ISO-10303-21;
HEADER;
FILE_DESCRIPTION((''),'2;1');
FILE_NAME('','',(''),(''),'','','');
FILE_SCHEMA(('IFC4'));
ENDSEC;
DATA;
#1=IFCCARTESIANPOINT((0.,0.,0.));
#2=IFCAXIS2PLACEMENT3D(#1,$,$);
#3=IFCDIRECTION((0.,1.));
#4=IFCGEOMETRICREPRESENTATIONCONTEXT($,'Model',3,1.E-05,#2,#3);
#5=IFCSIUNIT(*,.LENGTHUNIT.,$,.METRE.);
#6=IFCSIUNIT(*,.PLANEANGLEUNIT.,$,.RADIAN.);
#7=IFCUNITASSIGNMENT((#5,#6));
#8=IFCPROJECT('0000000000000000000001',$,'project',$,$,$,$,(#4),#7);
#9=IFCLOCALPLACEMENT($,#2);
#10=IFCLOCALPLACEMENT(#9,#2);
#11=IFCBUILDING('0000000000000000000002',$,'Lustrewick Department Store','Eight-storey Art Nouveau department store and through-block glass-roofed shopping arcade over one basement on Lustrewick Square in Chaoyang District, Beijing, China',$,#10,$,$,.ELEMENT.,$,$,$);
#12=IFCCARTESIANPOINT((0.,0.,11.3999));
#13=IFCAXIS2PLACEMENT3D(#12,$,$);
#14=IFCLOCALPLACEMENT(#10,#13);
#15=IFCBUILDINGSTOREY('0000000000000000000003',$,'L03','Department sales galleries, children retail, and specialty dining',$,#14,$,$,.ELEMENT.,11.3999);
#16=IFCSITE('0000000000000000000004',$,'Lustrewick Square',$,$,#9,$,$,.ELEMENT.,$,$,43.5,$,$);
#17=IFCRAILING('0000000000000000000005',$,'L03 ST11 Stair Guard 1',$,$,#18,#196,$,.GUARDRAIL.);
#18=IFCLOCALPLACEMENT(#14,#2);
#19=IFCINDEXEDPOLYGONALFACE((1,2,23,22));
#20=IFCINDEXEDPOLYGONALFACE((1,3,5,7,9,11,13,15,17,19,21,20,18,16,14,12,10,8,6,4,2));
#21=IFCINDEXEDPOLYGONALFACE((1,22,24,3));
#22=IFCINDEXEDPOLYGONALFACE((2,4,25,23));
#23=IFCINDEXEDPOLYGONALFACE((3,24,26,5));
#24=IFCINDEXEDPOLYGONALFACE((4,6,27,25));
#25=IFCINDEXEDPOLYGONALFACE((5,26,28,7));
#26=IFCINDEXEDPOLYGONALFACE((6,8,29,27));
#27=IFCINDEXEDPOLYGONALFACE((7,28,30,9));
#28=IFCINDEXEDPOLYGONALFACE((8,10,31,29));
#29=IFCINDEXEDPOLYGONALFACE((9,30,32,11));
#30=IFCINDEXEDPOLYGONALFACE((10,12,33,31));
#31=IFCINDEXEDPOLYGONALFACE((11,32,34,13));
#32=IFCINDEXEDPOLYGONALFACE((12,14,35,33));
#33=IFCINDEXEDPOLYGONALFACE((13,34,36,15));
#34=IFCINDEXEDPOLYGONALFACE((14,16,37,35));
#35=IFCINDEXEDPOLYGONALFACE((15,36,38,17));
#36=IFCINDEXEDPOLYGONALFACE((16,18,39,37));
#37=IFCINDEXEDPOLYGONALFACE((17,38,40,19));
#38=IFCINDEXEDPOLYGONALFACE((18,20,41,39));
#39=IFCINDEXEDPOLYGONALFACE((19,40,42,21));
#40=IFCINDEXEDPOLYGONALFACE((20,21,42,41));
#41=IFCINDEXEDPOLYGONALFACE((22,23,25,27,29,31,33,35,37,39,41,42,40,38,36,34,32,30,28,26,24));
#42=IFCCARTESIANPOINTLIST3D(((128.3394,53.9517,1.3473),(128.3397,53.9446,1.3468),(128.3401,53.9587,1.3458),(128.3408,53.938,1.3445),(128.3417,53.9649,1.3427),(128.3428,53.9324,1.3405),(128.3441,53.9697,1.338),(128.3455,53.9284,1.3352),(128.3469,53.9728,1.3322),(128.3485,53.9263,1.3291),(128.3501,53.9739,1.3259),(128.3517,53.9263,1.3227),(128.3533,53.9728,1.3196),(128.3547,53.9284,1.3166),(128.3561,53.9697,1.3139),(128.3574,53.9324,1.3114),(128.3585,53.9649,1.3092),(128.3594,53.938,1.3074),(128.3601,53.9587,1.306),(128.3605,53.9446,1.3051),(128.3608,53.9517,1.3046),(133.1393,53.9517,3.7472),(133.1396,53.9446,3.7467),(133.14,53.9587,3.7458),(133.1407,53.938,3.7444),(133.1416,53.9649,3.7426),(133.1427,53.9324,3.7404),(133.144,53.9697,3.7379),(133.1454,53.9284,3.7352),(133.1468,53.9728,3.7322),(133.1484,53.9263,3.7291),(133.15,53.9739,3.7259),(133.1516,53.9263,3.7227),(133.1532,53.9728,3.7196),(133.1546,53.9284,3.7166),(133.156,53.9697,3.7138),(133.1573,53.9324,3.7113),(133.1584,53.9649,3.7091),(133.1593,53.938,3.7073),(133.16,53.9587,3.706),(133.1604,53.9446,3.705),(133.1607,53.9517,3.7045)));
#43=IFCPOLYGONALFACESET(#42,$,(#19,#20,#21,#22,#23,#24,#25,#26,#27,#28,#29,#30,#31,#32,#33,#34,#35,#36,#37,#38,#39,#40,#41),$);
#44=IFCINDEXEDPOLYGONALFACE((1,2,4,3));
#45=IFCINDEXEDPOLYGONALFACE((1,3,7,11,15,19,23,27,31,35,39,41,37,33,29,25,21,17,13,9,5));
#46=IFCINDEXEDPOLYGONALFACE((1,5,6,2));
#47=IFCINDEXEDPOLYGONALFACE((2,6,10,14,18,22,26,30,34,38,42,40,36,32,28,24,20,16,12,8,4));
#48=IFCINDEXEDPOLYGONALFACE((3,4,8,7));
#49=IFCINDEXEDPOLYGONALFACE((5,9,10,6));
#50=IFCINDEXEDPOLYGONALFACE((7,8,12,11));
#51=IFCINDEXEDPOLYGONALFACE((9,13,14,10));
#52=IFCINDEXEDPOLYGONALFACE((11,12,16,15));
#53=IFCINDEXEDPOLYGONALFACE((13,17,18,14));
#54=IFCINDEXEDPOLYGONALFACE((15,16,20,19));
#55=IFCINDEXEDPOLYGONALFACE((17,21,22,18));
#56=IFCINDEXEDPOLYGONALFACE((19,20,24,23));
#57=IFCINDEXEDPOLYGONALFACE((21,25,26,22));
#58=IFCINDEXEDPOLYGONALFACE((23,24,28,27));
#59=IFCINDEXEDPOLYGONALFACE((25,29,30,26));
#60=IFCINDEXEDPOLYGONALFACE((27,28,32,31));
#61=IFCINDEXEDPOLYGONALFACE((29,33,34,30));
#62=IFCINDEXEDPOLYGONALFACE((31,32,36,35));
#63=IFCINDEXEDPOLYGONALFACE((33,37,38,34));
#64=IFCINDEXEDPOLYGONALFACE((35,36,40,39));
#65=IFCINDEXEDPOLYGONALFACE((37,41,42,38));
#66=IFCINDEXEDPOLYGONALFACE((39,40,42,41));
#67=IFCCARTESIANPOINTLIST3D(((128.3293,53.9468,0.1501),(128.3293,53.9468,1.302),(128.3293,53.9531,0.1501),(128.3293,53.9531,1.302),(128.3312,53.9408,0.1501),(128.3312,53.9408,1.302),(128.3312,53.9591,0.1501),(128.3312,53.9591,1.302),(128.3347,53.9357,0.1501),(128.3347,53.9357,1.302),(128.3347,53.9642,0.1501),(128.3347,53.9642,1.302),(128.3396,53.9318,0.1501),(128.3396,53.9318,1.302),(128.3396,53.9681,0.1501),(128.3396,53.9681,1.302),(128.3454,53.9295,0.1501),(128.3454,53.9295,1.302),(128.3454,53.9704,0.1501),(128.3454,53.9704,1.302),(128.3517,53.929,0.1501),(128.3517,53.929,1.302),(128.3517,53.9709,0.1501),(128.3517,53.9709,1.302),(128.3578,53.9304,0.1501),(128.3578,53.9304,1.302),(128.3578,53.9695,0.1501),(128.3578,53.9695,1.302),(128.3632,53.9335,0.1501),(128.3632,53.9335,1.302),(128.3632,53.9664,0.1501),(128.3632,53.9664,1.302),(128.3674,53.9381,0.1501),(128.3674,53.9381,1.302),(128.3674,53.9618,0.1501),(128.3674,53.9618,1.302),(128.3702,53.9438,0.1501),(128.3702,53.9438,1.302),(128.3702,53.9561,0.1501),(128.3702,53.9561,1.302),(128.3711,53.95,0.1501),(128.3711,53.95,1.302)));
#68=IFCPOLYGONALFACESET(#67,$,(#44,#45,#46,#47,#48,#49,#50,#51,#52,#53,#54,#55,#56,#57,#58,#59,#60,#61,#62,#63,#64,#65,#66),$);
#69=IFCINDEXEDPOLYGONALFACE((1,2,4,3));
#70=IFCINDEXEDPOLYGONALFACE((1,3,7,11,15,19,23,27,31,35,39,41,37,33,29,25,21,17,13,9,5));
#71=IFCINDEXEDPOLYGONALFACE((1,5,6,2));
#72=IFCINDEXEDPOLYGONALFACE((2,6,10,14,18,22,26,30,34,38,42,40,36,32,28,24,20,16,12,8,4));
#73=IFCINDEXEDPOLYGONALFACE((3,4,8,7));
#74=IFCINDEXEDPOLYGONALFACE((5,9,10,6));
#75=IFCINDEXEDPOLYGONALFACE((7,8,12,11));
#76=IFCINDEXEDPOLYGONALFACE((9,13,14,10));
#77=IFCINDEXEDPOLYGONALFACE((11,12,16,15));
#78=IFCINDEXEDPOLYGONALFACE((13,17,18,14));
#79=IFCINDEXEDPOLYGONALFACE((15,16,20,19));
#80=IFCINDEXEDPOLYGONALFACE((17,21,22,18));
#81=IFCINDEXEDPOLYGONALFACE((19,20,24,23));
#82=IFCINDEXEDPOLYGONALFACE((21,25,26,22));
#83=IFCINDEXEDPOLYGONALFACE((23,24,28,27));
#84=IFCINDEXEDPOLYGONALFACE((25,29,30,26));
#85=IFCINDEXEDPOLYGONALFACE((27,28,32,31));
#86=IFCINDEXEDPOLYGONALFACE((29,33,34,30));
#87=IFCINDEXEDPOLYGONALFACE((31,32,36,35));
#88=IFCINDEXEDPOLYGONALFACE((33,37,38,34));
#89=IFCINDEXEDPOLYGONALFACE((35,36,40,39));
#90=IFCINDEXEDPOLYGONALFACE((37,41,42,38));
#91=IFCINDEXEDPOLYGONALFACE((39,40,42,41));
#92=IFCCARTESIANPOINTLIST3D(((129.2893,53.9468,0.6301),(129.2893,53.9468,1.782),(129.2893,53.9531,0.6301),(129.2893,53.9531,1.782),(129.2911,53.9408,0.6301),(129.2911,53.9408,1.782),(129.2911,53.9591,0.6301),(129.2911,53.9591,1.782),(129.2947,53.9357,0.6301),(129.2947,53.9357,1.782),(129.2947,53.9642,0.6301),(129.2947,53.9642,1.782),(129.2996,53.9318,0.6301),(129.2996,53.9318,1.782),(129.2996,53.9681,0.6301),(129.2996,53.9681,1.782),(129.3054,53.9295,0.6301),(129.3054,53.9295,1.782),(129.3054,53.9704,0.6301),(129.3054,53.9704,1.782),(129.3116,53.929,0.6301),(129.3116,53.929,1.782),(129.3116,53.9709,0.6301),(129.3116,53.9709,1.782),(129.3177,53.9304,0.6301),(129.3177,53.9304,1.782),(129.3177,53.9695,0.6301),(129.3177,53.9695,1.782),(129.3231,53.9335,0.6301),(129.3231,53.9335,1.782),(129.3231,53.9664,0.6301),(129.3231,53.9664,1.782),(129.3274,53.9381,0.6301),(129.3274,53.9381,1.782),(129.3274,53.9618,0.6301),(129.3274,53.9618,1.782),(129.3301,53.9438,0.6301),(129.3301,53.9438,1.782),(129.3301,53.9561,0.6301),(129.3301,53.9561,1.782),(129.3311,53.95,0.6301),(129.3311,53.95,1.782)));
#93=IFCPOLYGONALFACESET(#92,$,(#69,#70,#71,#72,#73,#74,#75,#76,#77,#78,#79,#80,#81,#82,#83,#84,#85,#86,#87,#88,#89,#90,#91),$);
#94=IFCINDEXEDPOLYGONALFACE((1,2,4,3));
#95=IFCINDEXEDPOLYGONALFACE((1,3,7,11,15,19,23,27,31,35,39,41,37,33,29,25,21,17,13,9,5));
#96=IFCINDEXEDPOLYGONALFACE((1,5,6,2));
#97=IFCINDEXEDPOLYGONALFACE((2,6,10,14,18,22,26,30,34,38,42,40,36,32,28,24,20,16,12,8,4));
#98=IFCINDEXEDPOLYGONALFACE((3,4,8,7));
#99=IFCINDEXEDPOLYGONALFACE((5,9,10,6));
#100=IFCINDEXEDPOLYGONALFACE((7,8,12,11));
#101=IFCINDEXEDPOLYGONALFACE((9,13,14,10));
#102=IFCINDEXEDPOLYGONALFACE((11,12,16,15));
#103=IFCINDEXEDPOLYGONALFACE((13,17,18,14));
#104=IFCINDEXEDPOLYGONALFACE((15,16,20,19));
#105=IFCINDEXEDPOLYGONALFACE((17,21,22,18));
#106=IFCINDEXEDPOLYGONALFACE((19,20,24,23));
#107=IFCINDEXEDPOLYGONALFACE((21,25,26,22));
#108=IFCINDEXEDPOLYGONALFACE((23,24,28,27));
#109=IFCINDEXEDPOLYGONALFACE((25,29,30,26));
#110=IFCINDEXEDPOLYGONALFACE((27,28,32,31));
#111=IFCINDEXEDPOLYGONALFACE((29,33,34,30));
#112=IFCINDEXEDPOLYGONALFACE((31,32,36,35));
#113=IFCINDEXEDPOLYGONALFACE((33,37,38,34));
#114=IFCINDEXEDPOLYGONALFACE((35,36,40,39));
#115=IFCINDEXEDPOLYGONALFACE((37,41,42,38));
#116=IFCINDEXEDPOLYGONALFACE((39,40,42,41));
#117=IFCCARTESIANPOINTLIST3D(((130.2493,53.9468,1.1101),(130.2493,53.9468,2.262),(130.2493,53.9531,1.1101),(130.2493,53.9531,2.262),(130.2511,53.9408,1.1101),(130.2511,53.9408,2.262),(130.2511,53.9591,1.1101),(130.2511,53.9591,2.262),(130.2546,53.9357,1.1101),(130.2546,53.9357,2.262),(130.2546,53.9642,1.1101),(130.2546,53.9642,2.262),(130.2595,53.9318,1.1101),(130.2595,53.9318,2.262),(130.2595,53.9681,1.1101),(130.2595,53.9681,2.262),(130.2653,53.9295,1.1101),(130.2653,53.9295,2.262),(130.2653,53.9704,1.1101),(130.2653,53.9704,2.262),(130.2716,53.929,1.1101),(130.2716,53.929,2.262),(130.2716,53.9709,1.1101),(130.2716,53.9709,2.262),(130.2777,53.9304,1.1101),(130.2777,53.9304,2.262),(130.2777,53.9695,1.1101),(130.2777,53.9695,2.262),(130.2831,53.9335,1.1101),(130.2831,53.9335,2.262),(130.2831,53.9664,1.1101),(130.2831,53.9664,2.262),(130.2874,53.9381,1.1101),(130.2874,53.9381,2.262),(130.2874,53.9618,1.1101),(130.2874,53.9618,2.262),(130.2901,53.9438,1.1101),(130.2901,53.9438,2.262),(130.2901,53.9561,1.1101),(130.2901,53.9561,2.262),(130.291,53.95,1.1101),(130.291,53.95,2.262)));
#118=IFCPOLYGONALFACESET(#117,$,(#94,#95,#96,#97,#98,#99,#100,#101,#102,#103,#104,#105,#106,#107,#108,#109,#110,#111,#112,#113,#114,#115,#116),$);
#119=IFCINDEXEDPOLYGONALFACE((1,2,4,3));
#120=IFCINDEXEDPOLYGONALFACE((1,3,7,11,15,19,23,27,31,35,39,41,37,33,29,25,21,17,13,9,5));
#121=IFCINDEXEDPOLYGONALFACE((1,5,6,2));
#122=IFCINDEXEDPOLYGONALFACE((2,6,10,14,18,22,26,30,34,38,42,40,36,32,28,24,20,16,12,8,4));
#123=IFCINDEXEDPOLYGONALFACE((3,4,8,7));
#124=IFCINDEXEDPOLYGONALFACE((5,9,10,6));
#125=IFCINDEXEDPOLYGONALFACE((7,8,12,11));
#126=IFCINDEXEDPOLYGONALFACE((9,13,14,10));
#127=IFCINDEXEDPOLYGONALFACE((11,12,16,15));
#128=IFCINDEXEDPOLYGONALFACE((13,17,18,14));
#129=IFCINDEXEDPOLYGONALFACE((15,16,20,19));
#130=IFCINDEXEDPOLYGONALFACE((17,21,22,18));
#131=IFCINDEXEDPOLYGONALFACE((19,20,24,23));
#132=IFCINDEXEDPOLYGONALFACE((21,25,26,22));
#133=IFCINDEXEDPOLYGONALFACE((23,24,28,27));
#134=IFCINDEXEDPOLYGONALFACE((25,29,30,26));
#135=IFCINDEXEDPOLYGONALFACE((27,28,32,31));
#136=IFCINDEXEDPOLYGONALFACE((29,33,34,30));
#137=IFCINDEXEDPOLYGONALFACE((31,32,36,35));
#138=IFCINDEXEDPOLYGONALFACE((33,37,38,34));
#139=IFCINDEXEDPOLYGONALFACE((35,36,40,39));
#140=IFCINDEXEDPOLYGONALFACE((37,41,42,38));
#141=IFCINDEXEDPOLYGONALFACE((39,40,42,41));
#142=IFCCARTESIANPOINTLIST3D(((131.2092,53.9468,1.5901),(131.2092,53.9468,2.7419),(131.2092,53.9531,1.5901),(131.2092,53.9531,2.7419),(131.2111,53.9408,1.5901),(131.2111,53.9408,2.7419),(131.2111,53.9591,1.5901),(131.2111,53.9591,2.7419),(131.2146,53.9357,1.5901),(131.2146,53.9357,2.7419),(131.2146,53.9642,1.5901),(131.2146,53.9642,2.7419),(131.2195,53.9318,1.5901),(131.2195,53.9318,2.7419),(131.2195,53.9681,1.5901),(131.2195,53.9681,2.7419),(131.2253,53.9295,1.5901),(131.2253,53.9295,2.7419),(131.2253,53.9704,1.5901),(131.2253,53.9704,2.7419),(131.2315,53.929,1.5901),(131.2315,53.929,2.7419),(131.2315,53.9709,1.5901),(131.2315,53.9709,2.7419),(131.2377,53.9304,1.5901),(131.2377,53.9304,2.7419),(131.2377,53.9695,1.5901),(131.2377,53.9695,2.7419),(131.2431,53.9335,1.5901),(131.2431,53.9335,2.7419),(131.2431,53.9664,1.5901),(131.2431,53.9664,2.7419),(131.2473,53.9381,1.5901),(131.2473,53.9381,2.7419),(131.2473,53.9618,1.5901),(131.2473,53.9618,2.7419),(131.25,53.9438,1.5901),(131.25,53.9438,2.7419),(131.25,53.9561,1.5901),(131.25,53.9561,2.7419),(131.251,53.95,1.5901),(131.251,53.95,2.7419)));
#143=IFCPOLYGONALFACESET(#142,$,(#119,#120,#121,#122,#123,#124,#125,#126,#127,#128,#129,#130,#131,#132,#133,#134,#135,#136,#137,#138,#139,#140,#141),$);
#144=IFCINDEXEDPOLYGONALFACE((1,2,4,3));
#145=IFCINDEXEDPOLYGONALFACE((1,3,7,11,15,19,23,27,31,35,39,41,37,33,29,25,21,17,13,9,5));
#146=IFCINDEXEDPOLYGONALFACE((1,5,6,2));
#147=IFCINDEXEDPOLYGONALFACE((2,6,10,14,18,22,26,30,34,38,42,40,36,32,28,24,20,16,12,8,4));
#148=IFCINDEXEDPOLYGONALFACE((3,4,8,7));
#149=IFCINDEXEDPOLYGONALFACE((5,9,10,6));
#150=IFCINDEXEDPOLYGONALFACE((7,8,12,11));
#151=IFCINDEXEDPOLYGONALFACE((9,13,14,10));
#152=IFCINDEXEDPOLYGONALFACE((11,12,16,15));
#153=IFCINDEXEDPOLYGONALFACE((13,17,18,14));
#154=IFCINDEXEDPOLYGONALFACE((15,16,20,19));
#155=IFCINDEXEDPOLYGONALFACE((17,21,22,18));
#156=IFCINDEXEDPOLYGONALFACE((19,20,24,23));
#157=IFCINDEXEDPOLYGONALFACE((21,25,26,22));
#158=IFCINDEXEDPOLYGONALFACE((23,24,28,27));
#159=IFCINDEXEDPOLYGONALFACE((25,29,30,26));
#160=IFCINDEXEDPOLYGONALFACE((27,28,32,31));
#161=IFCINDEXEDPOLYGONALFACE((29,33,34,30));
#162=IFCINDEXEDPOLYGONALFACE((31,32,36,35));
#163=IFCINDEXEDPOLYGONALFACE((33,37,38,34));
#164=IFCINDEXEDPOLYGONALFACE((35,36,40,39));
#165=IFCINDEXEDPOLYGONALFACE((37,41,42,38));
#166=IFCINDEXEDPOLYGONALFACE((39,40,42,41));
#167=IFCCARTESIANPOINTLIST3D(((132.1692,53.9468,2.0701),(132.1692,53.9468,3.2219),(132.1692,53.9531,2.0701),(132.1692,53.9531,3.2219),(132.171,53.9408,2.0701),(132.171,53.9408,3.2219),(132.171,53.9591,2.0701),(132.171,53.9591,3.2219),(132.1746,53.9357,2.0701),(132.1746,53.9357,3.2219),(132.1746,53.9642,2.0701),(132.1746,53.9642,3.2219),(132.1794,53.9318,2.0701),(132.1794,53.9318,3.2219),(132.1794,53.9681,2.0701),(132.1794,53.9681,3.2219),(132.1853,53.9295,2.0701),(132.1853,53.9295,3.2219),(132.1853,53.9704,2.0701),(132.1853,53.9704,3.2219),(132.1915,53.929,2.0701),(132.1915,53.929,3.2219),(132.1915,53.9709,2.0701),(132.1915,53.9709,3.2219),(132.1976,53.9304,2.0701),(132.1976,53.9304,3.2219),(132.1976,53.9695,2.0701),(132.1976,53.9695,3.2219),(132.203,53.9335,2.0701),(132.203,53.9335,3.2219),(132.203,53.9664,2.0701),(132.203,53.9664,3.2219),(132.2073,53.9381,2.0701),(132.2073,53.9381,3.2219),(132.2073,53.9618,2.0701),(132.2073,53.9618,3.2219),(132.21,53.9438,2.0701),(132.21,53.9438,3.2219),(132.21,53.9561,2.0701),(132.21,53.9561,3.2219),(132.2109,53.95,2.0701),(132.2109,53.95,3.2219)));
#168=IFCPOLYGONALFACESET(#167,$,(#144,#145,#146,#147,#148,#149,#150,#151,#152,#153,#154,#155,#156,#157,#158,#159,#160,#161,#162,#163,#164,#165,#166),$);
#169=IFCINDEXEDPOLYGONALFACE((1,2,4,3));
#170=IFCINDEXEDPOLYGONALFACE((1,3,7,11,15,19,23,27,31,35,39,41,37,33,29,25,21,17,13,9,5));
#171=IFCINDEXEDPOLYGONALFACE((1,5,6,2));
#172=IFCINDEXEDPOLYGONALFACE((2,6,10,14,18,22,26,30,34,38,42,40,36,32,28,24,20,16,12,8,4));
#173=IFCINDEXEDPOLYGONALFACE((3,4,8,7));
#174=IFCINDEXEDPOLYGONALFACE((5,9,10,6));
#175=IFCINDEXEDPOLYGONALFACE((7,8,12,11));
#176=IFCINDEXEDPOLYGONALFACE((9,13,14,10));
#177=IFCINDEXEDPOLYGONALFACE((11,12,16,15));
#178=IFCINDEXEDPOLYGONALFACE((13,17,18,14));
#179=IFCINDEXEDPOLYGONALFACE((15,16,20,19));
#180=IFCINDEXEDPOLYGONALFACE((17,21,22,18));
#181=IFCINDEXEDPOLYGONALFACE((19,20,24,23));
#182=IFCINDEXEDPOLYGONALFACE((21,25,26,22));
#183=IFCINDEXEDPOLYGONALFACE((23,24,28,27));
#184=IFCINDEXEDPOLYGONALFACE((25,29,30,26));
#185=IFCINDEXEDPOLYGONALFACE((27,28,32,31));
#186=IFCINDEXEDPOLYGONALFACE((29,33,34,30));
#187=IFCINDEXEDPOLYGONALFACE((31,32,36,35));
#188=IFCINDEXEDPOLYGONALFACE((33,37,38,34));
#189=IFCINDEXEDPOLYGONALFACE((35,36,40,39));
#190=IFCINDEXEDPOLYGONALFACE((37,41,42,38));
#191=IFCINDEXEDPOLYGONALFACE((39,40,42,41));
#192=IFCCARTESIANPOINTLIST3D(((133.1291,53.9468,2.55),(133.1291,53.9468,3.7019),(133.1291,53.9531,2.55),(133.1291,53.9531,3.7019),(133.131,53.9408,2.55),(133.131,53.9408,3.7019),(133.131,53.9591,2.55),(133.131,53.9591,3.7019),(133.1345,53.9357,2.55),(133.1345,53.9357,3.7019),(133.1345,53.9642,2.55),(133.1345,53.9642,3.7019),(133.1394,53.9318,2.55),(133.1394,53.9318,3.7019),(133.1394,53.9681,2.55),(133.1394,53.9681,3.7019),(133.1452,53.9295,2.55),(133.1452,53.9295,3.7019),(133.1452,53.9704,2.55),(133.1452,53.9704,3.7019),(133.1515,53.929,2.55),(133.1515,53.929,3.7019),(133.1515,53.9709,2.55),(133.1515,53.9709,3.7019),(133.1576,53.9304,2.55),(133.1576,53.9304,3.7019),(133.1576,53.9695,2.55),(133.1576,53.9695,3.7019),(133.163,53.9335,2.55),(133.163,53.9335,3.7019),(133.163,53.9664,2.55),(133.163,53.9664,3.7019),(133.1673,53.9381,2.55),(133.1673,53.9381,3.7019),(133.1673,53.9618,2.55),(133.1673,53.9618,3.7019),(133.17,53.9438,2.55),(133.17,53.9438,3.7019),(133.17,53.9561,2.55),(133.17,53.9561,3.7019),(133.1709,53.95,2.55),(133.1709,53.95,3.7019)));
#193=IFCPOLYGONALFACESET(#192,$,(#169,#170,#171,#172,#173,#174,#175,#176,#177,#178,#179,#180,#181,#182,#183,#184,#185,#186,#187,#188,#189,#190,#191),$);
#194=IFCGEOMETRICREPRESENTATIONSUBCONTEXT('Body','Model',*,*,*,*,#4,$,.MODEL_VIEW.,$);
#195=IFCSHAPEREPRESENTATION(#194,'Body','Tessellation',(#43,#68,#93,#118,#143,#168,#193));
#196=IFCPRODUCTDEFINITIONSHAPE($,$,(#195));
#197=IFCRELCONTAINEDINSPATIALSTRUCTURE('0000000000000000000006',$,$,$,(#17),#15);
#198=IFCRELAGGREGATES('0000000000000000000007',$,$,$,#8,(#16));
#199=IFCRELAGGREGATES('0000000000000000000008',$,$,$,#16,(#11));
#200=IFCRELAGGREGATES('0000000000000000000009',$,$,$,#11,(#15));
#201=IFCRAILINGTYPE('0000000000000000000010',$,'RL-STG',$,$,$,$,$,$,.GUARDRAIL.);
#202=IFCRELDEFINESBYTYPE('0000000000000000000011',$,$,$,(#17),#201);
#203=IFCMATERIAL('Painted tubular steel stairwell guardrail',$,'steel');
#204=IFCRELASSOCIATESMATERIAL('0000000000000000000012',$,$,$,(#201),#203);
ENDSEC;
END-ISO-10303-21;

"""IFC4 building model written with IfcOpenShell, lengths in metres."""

from ifc_helpers import new_model, si_unit, direction, frame, origin, origin_2d, place, context, subcontext, project, spatial, circle, extrude, material, type_object, element, save


model = new_model("IFC4")

# Units and contexts
model_context = context("Model", 3, precision=1e-05, world=origin(), true_north=direction((0.0, 1.0)))
body_context = subcontext(model_context, "Body", "Model", "MODEL_VIEW")
ifc_project = project(units=[si_unit("LENGTHUNIT", "METRE"), si_unit("PLANEANGLEUNIT", "RADIAN")], contexts=[model_context])

# Site, building, storey
site_placement = place(None, origin())
site = spatial("IfcSite", under=ifc_project, at=site_placement, Name="Lustrewick Square", CompositionType="ELEMENT", RefElevation=43.5)
building_placement = place(site_placement, origin())
building = spatial("IfcBuilding", under=site, at=building_placement, Name="Lustrewick Department Store", Description="Eight-storey Art Nouveau department store and through-block glass-roofed shopping arcade over one basement on Lustrewick Square in Chaoyang District, Beijing, China", CompositionType="ELEMENT")
storey_placement = place(building_placement, frame((0.0, 0.0, 11.3999)))
storey = spatial("IfcBuildingStorey", under=building, at=storey_placement, Name="L03", Description="Department sales galleries, children retail, and specialty dining", CompositionType="ELEMENT", Elevation=11.3999)

# Railing
ifc_material_1 = material(Name="Painted tubular steel stairwell guardrail", Category="steel")
railing_type_1 = type_object("IfcRailingType", Name="RL-STG", PredefinedType="GUARDRAIL", material=ifc_material_1)
railing_1_placement = place(storey_placement, frame((128.3501, 53.95, 0.1501)))
element("IfcRailing", 1, at=railing_1_placement, inside=storey, type_object=railing_type_1, Name="L03 ST11 Stair Guard 1", PredefinedType="GUARDRAIL", context=body_context, shape_type="SweptSolid", body=[
    extrude(circle(Radius=0.0239, at=origin_2d()), frame((0.0, 0.0, 1.1758), z_axis=(0.894427, 0.0, 0.447214), x_axis=(0.0, 1.0, 0.0)), (0.0, 0.0, 1.0), 5.3665),
    extrude(circle(Radius=0.021, at=origin_2d()), origin(), (0.0, 0.0, 1.0), 1.1519),
    extrude(circle(Radius=0.021, at=origin_2d()), frame((0.96, 0.0, 0.48)), (0.0, 0.0, 1.0), 1.1519),
    extrude(circle(Radius=0.021, at=origin_2d()), frame((1.9199, 0.0, 0.96)), (0.0, 0.0, 1.0), 1.1519),
    extrude(circle(Radius=0.021, at=origin_2d()), frame((2.8799, 0.0, 1.4399)), (0.0, 0.0, 1.0), 1.1519),
    extrude(circle(Radius=0.021, at=origin_2d()), frame((3.8398, 0.0, 1.9199)), (0.0, 0.0, 1.0), 1.1519),
    extrude(circle(Radius=0.021, at=origin_2d()), frame((4.7998, 0.0, 2.3999)), (0.0, 0.0, 1.0), 1.1519),
])

save(model, "model.ifc")
